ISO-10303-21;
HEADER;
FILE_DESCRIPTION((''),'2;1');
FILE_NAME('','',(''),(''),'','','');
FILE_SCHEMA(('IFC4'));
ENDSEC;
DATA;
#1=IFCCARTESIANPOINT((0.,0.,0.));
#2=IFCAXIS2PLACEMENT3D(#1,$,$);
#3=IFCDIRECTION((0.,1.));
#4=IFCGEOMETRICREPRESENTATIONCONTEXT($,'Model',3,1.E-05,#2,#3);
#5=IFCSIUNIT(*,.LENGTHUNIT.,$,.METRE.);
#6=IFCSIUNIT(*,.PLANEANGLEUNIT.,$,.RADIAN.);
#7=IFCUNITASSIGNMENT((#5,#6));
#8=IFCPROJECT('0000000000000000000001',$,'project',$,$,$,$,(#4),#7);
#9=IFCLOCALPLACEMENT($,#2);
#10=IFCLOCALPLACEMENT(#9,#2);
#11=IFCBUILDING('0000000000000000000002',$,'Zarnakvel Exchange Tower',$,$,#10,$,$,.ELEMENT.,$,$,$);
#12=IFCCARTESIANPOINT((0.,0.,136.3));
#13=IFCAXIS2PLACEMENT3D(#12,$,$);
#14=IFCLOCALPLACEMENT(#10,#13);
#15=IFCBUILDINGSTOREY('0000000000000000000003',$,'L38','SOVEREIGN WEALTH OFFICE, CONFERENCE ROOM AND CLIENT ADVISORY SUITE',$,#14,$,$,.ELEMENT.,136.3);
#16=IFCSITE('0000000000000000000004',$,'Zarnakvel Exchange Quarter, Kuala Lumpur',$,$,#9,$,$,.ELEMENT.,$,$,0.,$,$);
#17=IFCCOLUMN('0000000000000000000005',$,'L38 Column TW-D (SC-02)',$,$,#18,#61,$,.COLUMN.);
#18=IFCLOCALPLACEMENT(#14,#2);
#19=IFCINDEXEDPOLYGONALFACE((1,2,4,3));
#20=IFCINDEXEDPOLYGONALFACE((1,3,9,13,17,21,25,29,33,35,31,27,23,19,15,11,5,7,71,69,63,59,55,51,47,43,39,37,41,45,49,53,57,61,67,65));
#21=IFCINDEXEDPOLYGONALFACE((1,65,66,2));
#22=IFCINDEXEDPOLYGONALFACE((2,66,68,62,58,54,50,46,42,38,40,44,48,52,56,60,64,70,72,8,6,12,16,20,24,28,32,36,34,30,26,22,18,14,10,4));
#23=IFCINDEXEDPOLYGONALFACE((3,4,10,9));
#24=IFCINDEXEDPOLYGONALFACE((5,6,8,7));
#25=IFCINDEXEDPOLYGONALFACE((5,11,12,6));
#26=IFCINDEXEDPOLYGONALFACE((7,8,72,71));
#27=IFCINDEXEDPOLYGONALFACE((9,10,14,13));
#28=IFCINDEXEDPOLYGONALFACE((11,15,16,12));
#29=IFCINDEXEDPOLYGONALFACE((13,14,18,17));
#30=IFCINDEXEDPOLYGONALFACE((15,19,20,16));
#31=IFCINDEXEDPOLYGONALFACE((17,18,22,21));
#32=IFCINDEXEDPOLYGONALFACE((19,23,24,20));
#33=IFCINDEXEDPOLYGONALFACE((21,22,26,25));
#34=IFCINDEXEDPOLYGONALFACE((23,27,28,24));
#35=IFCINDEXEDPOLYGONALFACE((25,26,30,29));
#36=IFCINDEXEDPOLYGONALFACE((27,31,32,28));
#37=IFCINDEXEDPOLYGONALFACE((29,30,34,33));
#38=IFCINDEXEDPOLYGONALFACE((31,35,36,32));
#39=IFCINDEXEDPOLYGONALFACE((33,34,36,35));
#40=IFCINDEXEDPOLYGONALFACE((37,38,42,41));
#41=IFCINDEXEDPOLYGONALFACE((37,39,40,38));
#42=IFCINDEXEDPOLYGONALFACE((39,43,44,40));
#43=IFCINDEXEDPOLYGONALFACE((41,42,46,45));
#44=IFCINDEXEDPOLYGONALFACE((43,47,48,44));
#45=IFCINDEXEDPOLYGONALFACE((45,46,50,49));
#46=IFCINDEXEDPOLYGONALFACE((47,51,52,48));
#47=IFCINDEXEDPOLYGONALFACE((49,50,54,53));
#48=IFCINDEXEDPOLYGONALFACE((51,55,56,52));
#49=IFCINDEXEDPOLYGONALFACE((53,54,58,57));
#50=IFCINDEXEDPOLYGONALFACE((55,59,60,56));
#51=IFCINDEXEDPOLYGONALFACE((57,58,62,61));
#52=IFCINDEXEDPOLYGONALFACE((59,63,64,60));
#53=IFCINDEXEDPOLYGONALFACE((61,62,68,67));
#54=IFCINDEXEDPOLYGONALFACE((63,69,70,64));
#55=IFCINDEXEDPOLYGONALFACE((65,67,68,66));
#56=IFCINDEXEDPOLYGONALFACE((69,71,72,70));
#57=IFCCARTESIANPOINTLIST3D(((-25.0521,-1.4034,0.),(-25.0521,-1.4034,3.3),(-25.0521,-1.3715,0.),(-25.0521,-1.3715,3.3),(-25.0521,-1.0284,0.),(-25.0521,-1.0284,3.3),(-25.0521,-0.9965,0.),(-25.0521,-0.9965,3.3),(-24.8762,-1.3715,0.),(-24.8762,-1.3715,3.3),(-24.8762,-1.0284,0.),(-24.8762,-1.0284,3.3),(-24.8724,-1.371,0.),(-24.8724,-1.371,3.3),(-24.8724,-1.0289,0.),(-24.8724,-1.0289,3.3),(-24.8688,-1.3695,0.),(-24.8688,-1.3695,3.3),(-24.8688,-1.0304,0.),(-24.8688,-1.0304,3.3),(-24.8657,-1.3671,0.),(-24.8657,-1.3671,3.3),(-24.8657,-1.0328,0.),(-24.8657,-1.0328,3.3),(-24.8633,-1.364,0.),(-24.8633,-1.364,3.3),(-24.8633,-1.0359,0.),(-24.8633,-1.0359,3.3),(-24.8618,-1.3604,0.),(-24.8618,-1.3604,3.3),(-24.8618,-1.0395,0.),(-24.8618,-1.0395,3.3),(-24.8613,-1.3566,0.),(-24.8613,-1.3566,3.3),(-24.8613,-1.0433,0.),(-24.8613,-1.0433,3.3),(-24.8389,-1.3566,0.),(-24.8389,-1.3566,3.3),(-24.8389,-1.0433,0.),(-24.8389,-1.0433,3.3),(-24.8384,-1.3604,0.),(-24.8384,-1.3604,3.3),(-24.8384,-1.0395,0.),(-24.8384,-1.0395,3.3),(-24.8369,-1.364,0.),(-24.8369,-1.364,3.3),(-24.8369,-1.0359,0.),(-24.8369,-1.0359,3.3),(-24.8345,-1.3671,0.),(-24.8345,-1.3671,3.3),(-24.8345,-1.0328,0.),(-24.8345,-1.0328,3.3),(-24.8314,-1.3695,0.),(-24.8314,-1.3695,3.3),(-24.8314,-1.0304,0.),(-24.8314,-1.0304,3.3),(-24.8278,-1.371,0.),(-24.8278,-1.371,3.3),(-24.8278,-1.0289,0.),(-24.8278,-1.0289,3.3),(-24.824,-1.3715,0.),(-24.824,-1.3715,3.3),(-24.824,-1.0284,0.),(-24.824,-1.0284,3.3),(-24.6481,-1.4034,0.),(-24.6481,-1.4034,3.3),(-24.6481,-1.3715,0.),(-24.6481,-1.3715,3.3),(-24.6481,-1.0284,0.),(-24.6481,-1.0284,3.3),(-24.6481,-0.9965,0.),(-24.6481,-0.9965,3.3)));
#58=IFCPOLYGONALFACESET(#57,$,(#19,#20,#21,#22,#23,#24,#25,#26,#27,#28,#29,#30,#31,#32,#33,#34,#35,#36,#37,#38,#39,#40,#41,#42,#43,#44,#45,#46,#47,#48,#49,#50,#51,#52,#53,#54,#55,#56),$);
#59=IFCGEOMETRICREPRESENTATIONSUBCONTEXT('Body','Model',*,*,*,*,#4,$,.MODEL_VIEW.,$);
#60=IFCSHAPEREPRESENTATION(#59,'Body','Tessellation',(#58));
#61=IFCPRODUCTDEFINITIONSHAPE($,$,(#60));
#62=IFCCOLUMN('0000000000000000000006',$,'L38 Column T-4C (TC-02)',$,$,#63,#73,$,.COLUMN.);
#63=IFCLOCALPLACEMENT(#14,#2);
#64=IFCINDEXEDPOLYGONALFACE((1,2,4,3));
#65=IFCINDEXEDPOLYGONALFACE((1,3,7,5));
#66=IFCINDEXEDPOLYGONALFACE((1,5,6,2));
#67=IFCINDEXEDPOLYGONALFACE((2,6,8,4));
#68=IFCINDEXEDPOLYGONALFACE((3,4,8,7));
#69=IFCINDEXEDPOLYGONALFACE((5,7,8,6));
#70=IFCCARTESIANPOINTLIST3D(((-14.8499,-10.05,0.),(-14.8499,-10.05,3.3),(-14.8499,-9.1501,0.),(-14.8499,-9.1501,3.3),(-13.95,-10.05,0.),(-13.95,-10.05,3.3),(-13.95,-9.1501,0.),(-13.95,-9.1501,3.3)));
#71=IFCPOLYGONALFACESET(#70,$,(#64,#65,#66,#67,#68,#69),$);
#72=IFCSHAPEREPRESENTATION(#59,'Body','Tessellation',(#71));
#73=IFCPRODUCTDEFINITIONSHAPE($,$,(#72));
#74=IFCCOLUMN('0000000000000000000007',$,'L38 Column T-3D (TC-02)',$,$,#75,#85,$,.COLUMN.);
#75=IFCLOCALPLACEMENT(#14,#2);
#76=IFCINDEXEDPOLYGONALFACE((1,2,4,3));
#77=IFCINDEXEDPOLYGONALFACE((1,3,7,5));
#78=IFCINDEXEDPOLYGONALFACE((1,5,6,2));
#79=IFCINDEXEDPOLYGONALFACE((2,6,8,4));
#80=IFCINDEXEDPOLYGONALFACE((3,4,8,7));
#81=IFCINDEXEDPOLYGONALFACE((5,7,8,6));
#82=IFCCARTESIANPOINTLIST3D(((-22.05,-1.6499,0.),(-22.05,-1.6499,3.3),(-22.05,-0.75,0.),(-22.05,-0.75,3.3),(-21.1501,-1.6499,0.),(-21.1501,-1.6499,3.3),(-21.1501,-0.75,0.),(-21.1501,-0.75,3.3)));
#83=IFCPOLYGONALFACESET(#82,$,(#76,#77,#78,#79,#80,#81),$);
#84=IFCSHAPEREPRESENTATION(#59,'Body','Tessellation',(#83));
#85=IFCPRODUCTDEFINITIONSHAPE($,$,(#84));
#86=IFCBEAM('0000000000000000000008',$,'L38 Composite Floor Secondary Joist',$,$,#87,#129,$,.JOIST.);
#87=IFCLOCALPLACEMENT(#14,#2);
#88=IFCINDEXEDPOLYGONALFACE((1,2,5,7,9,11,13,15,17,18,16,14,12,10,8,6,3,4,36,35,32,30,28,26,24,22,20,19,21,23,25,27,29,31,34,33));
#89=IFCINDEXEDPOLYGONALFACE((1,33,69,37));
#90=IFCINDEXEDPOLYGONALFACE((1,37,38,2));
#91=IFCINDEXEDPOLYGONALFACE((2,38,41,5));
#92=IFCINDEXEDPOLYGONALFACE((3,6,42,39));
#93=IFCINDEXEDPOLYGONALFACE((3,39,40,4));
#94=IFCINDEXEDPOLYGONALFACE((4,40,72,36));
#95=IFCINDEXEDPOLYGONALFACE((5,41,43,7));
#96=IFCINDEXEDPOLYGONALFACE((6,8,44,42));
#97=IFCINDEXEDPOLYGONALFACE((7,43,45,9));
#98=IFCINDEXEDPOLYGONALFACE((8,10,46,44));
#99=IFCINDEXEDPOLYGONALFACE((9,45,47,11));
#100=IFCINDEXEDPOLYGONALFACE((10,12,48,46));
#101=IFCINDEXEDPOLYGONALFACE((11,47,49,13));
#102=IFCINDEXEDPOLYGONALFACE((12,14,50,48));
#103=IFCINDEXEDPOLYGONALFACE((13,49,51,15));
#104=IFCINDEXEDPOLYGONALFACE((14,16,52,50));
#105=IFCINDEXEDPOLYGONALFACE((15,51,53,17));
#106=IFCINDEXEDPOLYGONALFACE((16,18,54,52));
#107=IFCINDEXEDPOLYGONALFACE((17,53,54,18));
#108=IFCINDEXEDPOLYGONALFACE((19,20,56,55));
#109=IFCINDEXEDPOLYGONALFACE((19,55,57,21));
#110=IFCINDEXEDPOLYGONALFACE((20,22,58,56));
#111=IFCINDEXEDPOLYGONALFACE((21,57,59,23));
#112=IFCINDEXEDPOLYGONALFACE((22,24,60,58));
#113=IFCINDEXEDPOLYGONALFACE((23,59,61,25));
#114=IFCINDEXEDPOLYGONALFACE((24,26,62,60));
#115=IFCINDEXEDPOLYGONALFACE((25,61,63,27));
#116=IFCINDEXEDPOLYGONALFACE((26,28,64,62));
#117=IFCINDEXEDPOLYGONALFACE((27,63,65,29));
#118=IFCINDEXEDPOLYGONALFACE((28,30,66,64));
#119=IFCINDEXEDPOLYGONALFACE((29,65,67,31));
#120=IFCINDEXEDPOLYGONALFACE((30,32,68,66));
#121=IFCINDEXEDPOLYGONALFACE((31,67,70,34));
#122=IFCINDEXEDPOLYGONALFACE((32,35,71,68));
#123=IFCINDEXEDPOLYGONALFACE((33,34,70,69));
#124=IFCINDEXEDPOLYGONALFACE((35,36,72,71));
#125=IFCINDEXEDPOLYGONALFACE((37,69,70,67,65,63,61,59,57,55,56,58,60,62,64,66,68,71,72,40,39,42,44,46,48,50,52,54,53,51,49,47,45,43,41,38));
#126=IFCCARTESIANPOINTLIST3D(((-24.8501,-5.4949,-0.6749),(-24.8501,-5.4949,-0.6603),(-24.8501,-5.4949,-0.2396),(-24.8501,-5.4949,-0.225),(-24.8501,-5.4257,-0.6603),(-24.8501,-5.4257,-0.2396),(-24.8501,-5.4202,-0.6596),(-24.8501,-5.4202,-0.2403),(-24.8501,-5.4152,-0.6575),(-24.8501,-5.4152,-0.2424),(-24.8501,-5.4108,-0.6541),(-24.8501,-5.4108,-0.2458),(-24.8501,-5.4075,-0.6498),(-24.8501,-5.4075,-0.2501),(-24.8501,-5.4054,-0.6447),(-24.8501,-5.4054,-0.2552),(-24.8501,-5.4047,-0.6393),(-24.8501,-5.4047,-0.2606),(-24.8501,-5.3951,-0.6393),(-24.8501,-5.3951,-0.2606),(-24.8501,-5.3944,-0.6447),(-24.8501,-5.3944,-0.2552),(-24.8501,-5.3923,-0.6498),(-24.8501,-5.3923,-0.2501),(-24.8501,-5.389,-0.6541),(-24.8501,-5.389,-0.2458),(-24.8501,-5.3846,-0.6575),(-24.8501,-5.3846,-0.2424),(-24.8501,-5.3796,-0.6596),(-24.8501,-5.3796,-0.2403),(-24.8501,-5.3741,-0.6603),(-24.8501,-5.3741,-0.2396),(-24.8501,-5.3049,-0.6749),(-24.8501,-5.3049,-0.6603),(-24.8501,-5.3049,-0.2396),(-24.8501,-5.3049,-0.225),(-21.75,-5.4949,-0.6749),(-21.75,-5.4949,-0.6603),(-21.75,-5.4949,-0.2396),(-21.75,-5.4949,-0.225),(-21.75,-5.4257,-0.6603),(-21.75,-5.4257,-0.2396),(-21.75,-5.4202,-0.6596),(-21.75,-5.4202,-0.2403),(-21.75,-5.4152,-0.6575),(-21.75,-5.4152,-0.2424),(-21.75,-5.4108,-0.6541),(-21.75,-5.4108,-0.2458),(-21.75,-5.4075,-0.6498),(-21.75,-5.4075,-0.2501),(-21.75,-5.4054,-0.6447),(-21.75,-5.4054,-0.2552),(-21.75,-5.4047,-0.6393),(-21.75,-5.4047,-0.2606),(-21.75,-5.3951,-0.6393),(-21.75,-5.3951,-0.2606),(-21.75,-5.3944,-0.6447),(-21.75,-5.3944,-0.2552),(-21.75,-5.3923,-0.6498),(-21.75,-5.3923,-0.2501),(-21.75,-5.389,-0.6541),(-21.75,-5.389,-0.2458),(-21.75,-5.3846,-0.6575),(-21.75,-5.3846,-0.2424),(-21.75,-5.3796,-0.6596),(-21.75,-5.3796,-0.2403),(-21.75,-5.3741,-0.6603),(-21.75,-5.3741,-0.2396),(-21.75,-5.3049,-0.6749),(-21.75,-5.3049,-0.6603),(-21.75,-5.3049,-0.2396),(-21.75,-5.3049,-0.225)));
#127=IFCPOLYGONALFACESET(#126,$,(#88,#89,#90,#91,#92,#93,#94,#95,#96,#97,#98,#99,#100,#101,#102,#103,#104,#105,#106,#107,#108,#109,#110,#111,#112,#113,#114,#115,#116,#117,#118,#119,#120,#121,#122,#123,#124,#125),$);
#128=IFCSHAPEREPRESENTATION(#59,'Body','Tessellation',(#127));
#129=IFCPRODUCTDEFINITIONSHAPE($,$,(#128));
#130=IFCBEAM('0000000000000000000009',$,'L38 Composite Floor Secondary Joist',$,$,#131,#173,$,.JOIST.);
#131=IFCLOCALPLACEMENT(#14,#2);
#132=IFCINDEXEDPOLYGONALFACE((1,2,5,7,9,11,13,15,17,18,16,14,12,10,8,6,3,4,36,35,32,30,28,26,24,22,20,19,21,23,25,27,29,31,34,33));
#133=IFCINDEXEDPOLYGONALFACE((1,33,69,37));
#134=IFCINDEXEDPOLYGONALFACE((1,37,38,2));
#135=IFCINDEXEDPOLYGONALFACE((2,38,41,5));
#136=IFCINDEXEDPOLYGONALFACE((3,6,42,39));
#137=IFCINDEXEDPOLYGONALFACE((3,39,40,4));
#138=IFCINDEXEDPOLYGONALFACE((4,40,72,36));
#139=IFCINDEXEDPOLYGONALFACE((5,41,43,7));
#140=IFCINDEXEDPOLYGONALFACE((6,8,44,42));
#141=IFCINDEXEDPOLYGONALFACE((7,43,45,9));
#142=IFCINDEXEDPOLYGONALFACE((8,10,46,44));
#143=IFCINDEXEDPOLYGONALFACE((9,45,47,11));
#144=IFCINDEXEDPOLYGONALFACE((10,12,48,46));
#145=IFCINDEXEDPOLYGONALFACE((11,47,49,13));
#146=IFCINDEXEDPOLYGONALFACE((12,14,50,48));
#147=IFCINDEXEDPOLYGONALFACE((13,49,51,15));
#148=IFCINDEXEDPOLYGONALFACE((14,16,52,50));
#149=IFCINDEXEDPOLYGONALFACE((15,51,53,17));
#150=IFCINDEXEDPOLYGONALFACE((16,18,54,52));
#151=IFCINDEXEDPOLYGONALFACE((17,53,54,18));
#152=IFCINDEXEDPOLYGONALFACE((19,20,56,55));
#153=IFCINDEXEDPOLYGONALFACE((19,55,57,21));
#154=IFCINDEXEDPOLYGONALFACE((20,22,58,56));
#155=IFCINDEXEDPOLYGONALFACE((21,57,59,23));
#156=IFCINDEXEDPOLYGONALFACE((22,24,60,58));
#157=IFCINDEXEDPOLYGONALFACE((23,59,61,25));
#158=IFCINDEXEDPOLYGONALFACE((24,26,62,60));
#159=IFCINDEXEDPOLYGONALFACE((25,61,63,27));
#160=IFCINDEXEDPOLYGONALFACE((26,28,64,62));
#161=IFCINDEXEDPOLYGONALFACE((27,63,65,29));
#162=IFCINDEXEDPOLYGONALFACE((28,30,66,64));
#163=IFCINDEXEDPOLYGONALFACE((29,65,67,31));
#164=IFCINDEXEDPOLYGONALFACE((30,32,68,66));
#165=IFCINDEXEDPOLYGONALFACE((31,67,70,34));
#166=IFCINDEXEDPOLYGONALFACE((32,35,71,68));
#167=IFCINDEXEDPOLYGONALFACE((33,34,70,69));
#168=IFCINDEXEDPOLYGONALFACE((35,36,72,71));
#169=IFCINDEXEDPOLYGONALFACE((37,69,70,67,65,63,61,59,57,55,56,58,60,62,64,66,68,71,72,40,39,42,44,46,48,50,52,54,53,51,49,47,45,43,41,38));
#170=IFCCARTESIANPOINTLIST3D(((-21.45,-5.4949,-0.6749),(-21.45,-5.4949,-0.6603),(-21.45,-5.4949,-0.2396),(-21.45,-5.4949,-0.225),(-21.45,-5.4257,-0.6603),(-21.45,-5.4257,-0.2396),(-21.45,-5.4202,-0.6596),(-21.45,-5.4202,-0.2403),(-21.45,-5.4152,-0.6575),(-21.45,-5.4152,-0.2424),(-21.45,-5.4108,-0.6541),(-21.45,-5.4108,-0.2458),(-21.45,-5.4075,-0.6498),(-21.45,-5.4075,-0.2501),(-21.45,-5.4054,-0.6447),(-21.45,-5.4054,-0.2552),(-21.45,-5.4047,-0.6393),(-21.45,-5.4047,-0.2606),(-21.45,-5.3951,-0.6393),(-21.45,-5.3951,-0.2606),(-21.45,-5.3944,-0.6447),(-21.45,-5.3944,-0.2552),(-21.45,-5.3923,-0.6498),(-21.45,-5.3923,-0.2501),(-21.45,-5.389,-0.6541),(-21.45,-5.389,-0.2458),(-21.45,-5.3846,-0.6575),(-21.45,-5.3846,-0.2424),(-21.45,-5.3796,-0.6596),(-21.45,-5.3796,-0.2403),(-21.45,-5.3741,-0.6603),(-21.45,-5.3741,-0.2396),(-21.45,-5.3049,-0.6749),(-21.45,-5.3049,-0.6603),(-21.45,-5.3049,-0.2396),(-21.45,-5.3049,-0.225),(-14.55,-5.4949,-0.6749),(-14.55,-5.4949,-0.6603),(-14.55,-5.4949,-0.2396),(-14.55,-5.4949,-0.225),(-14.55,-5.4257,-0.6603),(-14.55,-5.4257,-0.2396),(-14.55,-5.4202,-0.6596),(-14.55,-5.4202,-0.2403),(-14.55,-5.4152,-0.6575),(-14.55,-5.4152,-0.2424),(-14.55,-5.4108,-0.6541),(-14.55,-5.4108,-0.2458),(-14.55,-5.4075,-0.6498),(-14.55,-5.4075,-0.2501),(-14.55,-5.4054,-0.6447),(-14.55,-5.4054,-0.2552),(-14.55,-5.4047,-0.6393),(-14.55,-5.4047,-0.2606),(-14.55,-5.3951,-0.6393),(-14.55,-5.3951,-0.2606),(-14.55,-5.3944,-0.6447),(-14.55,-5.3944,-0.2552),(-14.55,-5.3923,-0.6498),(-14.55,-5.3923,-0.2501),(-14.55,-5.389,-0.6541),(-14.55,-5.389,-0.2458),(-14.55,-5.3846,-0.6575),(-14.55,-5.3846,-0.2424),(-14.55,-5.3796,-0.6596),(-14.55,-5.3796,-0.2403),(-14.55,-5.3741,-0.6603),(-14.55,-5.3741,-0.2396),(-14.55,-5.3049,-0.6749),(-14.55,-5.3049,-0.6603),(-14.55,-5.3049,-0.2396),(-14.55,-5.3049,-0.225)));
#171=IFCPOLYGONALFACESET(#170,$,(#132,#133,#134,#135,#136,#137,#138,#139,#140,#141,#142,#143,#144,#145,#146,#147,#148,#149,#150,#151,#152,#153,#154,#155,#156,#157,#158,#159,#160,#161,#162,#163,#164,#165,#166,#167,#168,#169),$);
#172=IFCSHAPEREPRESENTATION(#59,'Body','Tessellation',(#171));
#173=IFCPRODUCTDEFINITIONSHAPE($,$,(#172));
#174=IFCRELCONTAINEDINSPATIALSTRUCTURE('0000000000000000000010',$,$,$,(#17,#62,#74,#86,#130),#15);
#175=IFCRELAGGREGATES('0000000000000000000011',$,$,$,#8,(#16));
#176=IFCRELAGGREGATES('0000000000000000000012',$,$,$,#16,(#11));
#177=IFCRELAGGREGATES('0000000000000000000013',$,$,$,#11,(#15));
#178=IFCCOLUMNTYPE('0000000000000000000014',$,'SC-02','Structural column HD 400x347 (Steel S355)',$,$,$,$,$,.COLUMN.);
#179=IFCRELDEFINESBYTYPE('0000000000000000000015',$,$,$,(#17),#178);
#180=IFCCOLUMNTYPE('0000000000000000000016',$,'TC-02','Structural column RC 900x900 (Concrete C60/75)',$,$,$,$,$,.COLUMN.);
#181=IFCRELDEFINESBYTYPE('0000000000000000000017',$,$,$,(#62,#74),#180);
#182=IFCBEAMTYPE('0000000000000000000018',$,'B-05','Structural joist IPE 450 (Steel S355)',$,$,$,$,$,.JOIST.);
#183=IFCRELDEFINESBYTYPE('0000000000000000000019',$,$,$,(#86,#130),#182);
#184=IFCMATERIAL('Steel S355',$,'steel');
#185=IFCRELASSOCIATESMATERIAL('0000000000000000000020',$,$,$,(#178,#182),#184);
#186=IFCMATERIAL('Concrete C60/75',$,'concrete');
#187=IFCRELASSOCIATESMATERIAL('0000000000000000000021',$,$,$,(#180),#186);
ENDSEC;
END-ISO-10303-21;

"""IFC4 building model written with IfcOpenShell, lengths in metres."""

from ifc_helpers import new_model, si_unit, direction, frame, origin, origin_2d, place, context, subcontext, project, spatial, rectangle, i_section, extrude, material, material_profile, profile_set, type_object, element, save


model = new_model("IFC4")

# Units and contexts
model_context = context("Model", 3, precision=1e-05, world=origin(), true_north=direction((0.0, 1.0)))
body_context = subcontext(model_context, "Body", "Model", "MODEL_VIEW")
ifc_project = project(units=[si_unit("LENGTHUNIT", "METRE"), si_unit("PLANEANGLEUNIT", "RADIAN")], contexts=[model_context])

# Site, building, storey
site_placement = place(None, origin())
site = spatial("IfcSite", under=ifc_project, at=site_placement, Name="Zarnakvel Exchange Quarter, Kuala Lumpur", CompositionType="ELEMENT", RefElevation=0.0)
building_placement = place(site_placement, origin())
building = spatial("IfcBuilding", under=site, at=building_placement, Name="Zarnakvel Exchange Tower", CompositionType="ELEMENT")
storey_placement = place(building_placement, frame((0.0, 0.0, 136.3)))
storey = spatial("IfcBuildingStorey", under=building, at=storey_placement, Name="L38", Description="SOVEREIGN WEALTH OFFICE, CONFERENCE ROOM AND CLIENT ADVISORY SUITE", CompositionType="ELEMENT", Elevation=136.3)

# Columns
ifc_material_1 = material(Name="Steel S355", Category="steel")
ifc_material_profile_1 = material_profile(ifc_material_1, i_section(OverallWidth=0.4041, OverallDepth=0.407, WebThickness=0.0225, FlangeThickness=0.032, FilletRadius=0.0149, at=origin_2d()))
ifc_profile_set_1 = profile_set([ifc_material_profile_1], Name="Steel S355")
column_type_1 = type_object("IfcColumnType", Name="SC-02", Description="Structural column HD 400x347 (Steel S355)", PredefinedType="COLUMN", material=ifc_profile_set_1)
column_placement = place(storey_placement, frame((-24.8501, -1.2, 0.0), z_axis=(0.0, 0.0, 1.0), x_axis=(1.0, 0.0, 0.0)))
element("IfcColumn", 1, at=column_placement, inside=storey, type_object=column_type_1, Name="L38 Column TW-D (SC-02)", PredefinedType="COLUMN", context=body_context, shape_type="SweptSolid", body=[
    extrude(i_section(OverallWidth=0.4041, OverallDepth=0.407, WebThickness=0.0225, FlangeThickness=0.032, FilletRadius=0.0149, at=origin_2d()), origin(), (0.0, 0.0, 1.0), 3.3),
])
ifc_material_2 = material(Name="Concrete C60/75", Category="concrete")
ifc_material_profile_2 = material_profile(ifc_material_2, rectangle(XDim=0.8999, YDim=0.8999, at=origin_2d()))
ifc_profile_set_2 = profile_set([ifc_material_profile_2], Name="Concrete C60/75")
column_type_2 = type_object("IfcColumnType", Name="TC-02", Description="Structural column RC 900x900 (Concrete C60/75)", PredefinedType="COLUMN", material=ifc_profile_set_2)
for number, where, z_axis, x_axis, name in (
    (2, (-14.3999, -9.6001, 0.0), (0.0, 0.0, 1.0), (1.0, 0.0, 0.0), "L38 Column T-4C (TC-02)"),
    (3, (-21.6001, -1.2, 0.0), (0.0, 0.0, 1.0), (1.0, 0.0, 0.0), "L38 Column T-3D (TC-02)"),
):
    element("IfcColumn", number, at=place(storey_placement, frame(where, z_axis=z_axis, x_axis=x_axis)), inside=storey, type_object=column_type_2, Name=name, PredefinedType="COLUMN", context=body_context, shape_type="SweptSolid", body=[
        extrude(rectangle(XDim=0.8999, YDim=0.8999, at=origin_2d()), origin(), (0.0, 0.0, 1.0), 3.3),
    ])

# Beams
ifc_material_profile_3 = material_profile(ifc_material_1, i_section(OverallWidth=0.1899, OverallDepth=0.45, WebThickness=0.0095, FlangeThickness=0.0146, FilletRadius=0.021, at=origin_2d()))
ifc_profile_set_3 = profile_set([ifc_material_profile_3], Name="Steel S355")
beam_type_1 = type_object("IfcBeamType", Name="B-05", Description="Structural joist IPE 450 (Steel S355)", PredefinedType="JOIST", material=ifc_profile_set_3)
beam_1_placement = place(storey_placement, frame((-24.8501, -5.3999, -0.45), z_axis=(1.0, 0.0, 0.0), x_axis=(0.0, 1.0, 0.0)))
element("IfcBeam", 4, at=beam_1_placement, inside=storey, type_object=beam_type_1, Name="L38 Composite Floor Secondary Joist", PredefinedType="JOIST", context=body_context, shape_type="SweptSolid", body=[
    extrude(i_section(OverallWidth=0.1899, OverallDepth=0.45, WebThickness=0.0095, FlangeThickness=0.0146, FilletRadius=0.021, at=origin_2d()), origin(), (0.0, 0.0, 1.0), 3.1001),
])
beam_2_placement = place(storey_placement, frame((-21.45, -5.3999, -0.45), z_axis=(1.0, 0.0, 0.0), x_axis=(0.0, 1.0, 0.0)))
element("IfcBeam", 5, at=beam_2_placement, inside=storey, type_object=beam_type_1, Name="L38 Composite Floor Secondary Joist", PredefinedType="JOIST", context=body_context, shape_type="SweptSolid", body=[
    extrude(i_section(OverallWidth=0.1899, OverallDepth=0.45, WebThickness=0.0095, FlangeThickness=0.0146, FilletRadius=0.021, at=origin_2d()), origin(), (0.0, 0.0, 1.0), 6.8999),
])

save(model, "model.ifc")
